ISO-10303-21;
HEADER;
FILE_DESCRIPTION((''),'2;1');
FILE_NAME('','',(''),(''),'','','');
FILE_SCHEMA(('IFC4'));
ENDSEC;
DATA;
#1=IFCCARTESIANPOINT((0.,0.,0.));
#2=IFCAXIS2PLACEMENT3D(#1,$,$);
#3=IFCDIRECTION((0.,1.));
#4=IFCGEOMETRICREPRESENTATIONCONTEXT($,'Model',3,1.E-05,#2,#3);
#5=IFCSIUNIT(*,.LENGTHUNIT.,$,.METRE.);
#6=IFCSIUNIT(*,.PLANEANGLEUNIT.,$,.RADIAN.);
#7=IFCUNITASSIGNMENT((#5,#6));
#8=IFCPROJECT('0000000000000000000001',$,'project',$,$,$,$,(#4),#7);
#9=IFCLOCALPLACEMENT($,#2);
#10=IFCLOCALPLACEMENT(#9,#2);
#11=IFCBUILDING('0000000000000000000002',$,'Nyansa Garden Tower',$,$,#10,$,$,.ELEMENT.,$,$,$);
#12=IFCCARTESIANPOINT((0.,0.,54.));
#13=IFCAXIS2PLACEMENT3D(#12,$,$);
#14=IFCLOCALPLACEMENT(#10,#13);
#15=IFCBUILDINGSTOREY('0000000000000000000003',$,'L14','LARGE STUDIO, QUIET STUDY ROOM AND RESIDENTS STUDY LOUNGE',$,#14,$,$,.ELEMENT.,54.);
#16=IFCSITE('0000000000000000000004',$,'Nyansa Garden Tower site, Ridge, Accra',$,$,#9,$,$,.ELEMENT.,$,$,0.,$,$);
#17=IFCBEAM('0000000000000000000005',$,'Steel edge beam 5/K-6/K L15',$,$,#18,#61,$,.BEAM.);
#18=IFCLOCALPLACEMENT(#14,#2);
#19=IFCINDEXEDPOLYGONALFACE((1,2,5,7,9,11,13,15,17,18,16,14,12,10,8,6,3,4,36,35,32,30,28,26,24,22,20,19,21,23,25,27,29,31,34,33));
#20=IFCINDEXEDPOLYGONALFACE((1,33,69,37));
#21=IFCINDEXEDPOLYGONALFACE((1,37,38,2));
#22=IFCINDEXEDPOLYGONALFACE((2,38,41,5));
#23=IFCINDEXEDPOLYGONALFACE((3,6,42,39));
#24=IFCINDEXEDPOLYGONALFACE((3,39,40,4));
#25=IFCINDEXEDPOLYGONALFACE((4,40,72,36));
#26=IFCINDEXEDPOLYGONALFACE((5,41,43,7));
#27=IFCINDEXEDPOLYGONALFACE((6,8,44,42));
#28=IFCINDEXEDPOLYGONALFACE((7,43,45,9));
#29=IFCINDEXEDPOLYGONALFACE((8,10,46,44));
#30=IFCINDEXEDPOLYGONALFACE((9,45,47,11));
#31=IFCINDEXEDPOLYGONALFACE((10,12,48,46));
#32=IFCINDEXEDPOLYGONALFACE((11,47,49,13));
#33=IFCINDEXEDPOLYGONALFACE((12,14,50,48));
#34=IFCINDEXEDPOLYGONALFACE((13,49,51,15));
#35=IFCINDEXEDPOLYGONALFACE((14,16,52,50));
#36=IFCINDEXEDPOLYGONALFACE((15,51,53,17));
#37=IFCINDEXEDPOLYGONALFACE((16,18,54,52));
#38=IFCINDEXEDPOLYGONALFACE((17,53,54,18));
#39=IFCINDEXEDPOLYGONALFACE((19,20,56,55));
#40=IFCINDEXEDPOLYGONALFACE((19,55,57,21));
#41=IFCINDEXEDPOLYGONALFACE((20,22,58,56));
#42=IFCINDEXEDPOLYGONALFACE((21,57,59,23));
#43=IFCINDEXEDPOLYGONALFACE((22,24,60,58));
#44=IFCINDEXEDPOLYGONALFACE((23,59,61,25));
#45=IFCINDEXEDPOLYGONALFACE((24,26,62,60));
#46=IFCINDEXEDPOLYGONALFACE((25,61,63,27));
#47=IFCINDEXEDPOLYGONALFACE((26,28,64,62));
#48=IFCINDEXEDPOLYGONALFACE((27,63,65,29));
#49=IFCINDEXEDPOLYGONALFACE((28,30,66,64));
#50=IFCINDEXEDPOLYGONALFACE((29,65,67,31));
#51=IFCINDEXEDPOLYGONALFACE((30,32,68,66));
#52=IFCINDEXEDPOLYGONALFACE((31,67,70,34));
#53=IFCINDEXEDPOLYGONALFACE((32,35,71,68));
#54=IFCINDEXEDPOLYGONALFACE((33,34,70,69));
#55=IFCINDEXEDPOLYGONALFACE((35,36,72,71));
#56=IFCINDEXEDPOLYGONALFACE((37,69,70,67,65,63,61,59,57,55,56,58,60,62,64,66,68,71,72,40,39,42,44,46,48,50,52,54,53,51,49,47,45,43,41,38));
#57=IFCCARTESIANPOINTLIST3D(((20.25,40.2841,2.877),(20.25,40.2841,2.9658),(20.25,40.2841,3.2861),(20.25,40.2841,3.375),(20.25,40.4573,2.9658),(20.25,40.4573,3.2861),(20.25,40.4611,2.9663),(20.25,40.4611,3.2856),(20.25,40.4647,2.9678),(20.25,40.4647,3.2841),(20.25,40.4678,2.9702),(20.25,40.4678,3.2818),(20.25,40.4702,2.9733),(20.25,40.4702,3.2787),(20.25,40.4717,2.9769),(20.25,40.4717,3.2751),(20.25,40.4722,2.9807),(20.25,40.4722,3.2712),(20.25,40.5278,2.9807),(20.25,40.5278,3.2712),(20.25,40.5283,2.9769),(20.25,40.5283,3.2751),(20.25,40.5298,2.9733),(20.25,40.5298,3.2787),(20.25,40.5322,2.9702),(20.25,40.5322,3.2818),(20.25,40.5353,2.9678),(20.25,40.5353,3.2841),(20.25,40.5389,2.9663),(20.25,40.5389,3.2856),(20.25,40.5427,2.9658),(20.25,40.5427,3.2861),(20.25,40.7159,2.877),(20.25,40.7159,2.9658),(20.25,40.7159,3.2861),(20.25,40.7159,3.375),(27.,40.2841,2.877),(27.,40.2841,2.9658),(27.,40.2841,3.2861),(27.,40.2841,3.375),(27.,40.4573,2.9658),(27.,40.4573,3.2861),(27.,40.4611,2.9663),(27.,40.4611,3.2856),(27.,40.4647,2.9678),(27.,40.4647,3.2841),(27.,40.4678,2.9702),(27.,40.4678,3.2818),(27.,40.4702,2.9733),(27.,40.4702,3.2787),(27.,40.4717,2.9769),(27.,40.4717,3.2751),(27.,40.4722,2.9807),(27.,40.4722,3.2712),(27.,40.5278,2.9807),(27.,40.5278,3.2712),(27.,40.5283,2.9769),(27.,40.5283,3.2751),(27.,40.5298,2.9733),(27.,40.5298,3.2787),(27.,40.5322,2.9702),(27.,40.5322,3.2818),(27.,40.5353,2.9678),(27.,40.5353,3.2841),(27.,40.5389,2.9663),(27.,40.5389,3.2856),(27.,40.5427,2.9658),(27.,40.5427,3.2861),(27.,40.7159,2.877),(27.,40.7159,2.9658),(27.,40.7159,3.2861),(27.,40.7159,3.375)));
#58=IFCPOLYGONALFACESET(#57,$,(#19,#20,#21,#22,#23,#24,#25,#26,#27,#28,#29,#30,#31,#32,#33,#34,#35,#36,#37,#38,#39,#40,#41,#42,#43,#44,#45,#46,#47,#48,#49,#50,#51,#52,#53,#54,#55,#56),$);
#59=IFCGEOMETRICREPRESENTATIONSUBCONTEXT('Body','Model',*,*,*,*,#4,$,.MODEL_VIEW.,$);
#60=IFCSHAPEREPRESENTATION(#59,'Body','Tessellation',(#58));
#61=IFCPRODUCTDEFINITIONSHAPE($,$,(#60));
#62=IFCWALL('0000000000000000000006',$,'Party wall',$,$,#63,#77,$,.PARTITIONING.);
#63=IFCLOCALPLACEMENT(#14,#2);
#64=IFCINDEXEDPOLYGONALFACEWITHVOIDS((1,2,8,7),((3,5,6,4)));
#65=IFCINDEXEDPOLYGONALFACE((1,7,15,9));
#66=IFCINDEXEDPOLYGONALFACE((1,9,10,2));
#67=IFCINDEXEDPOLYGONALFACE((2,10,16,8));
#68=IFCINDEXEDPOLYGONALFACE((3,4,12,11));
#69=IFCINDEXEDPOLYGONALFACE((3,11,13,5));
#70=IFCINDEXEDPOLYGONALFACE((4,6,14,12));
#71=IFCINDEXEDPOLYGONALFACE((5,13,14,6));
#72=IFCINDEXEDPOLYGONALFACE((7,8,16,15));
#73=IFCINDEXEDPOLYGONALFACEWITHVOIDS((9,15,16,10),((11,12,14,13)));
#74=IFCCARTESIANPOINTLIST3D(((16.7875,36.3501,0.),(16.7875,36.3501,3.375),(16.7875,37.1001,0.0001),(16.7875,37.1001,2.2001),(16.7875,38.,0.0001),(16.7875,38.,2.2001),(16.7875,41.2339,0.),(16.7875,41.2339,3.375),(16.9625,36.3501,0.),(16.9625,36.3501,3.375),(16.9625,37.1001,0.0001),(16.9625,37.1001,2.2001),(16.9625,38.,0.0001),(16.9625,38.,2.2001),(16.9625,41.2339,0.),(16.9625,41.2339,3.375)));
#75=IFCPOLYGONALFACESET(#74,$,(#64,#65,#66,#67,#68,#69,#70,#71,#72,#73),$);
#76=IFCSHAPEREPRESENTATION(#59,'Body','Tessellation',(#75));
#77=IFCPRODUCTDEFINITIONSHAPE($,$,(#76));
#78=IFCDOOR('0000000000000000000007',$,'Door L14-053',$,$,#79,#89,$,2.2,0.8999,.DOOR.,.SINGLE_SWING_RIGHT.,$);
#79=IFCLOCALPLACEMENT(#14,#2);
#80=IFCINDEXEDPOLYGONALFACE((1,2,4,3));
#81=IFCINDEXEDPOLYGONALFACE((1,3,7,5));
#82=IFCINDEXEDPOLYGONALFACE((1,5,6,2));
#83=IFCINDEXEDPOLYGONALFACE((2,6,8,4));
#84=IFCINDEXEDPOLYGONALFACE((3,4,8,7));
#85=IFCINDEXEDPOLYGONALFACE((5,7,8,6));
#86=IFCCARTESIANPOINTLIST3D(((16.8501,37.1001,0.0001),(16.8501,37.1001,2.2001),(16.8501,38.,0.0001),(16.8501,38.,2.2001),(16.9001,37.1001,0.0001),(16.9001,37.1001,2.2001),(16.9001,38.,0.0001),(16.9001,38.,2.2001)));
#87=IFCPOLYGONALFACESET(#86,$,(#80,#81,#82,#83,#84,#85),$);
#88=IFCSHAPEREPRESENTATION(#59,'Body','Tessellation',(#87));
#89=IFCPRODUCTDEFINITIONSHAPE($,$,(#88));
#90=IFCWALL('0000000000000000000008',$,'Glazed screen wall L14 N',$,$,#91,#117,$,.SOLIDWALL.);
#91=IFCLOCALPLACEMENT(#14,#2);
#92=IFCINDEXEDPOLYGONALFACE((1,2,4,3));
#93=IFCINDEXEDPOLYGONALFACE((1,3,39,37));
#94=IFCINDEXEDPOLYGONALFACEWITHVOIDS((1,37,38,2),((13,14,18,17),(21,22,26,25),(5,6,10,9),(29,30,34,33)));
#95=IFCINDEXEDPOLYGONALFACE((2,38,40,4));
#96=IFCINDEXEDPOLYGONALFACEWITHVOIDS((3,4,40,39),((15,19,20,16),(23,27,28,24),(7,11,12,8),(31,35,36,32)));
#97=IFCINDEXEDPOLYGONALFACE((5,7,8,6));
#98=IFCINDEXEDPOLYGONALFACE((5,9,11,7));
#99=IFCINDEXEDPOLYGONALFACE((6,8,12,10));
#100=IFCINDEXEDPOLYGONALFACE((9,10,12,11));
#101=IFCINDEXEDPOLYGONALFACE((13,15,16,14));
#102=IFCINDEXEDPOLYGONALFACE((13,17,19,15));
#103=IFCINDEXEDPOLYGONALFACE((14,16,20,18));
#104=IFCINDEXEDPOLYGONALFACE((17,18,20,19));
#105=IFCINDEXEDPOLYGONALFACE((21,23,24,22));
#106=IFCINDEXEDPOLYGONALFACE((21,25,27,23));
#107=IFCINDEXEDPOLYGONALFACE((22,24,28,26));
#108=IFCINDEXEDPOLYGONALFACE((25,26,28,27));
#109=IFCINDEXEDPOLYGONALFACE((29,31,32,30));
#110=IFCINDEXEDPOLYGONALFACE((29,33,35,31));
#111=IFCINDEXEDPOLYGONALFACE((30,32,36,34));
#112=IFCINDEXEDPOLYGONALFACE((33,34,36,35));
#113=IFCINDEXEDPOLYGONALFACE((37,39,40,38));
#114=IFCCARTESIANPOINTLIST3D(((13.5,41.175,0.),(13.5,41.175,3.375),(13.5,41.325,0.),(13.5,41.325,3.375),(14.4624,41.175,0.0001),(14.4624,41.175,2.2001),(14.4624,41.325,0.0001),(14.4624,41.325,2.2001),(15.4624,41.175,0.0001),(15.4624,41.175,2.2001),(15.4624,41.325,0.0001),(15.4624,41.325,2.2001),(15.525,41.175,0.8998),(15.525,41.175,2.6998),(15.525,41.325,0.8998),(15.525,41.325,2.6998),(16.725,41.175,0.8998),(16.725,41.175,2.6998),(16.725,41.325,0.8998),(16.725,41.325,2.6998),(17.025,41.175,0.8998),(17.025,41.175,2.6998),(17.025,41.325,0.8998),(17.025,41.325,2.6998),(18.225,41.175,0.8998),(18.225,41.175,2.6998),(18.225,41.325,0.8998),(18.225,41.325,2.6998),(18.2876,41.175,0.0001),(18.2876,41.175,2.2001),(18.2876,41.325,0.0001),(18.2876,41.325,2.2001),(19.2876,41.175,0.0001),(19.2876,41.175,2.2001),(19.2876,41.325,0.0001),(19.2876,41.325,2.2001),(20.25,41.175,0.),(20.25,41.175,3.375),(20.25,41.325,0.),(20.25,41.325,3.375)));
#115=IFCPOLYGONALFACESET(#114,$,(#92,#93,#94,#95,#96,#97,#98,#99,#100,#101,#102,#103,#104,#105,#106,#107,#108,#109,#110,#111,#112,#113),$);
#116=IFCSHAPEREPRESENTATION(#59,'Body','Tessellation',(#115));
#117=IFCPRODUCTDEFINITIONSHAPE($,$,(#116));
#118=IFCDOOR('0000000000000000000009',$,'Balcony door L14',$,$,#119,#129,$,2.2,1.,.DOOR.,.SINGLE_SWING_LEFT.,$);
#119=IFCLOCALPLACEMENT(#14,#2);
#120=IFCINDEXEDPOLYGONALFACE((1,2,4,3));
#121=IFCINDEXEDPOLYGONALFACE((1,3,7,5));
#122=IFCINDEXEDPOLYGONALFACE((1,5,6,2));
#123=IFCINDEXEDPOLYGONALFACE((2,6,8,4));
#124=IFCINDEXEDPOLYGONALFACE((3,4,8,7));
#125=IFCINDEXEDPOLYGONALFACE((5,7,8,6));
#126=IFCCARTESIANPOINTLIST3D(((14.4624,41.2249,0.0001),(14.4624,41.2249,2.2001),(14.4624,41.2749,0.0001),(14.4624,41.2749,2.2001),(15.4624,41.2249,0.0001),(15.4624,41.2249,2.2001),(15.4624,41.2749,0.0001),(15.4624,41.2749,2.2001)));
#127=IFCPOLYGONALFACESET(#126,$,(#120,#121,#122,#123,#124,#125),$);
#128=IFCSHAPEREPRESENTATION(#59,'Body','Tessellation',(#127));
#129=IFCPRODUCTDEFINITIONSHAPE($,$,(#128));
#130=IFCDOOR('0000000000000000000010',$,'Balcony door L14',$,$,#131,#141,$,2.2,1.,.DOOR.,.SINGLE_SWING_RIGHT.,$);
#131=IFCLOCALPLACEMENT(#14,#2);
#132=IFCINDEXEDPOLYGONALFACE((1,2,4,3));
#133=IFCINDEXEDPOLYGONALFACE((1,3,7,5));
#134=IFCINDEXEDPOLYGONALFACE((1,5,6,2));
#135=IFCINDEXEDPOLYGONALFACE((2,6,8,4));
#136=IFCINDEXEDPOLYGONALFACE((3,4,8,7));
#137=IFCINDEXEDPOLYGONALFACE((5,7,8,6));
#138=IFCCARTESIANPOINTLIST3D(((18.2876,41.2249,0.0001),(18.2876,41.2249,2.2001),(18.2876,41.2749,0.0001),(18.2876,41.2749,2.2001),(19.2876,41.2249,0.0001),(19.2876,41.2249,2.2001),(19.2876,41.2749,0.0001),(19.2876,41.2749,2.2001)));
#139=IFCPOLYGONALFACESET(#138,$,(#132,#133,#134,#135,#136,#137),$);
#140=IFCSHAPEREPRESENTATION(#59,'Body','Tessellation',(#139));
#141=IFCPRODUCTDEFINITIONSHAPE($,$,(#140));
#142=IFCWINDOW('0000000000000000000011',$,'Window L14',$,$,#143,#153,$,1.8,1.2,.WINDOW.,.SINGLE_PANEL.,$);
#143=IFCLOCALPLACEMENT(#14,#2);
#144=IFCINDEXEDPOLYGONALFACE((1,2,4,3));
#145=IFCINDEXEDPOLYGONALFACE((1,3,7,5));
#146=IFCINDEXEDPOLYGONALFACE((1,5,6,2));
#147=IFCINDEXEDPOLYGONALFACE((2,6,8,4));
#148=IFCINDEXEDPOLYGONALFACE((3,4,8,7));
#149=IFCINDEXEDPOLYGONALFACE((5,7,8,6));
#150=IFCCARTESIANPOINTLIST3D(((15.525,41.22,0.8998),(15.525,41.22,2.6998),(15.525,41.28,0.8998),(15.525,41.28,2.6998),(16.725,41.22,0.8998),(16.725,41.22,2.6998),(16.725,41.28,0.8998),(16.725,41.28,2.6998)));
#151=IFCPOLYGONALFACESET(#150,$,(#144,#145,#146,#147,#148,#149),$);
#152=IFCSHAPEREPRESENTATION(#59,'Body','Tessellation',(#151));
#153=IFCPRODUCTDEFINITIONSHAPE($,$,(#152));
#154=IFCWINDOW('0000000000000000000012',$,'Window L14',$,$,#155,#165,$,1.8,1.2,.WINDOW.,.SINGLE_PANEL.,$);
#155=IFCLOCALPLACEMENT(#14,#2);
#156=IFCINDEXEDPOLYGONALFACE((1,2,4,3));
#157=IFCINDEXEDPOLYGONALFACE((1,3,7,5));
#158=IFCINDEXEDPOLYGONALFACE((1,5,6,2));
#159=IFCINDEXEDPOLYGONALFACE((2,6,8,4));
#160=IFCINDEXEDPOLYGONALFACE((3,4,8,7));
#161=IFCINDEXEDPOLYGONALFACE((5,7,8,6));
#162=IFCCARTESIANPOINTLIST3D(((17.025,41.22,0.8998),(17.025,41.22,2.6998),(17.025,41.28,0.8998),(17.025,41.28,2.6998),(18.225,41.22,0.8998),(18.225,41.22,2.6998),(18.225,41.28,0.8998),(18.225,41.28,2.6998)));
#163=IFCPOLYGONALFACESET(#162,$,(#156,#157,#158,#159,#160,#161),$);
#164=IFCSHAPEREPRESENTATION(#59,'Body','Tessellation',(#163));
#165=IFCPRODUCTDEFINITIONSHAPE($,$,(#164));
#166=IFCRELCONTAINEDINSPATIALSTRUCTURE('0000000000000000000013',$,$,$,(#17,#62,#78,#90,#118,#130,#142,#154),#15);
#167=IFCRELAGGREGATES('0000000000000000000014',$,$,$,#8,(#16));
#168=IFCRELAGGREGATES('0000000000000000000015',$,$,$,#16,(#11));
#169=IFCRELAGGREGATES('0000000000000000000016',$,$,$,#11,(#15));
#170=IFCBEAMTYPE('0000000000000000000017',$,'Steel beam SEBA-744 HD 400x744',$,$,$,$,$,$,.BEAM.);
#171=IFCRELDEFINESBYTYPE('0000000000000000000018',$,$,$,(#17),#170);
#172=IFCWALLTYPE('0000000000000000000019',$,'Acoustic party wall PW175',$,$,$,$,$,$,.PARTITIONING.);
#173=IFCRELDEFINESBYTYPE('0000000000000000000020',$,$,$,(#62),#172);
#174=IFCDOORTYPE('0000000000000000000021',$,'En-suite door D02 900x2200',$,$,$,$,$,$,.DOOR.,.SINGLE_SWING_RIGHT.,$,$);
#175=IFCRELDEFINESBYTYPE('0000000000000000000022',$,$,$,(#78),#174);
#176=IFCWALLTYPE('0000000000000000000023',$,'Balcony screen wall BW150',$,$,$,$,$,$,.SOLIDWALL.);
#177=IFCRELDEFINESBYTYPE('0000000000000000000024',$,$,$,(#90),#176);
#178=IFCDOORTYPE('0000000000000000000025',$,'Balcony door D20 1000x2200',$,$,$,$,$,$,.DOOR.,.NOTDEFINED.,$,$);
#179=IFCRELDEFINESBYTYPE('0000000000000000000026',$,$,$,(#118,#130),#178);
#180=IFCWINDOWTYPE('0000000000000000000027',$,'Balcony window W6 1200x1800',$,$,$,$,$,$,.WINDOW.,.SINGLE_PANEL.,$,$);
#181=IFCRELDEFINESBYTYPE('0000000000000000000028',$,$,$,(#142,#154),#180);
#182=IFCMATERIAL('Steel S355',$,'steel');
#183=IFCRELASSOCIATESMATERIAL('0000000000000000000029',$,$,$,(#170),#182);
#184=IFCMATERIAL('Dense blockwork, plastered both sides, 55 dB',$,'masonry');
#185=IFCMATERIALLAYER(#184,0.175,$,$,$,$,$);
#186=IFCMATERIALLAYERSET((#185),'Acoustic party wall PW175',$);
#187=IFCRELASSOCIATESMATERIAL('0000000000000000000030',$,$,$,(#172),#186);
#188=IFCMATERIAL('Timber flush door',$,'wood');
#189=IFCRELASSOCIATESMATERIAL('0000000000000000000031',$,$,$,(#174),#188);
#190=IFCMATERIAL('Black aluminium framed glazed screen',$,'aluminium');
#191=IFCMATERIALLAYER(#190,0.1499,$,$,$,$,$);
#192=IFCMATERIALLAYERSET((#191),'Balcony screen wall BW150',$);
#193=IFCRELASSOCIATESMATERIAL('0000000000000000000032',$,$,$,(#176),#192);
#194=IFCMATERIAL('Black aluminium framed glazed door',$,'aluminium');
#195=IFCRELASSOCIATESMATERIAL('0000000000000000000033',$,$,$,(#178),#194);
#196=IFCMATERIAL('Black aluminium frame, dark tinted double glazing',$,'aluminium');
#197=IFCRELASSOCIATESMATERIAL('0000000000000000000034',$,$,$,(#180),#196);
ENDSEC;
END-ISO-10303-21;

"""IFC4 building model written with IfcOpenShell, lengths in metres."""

from ifc_helpers import new_model, si_unit, direction, frame, frame_2d, origin, origin_2d, place, context, subcontext, project, spatial, rectangle, i_section, extrude, material, layer, layer_set, material_profile, profile_set, type_object, element, fill, save


model = new_model("IFC4")

# Units and contexts
model_context = context("Model", 3, precision=1e-05, world=origin(), true_north=direction((0.0, 1.0)))
body_context = subcontext(model_context, "Body", "Model", "MODEL_VIEW")
ifc_project = project(units=[si_unit("LENGTHUNIT", "METRE"), si_unit("PLANEANGLEUNIT", "RADIAN")], contexts=[model_context])

# Site, building, storey
site_placement = place(None, origin())
site = spatial("IfcSite", under=ifc_project, at=site_placement, Name="Nyansa Garden Tower site, Ridge, Accra", CompositionType="ELEMENT", RefElevation=0.0)
building_placement = place(site_placement, origin())
building = spatial("IfcBuilding", under=site, at=building_placement, Name="Nyansa Garden Tower", CompositionType="ELEMENT")
storey_placement = place(building_placement, frame((0.0, 0.0, 54.0)))
storey = spatial("IfcBuildingStorey", under=building, at=storey_placement, Name="L14", Description="LARGE STUDIO, QUIET STUDY ROOM AND RESIDENTS STUDY LOUNGE", CompositionType="ELEMENT", Elevation=54.0)

# Beam
ifc_material_1 = material(Name="Steel S355", Category="steel")
ifc_material_profile_1 = material_profile(ifc_material_1, i_section(OverallWidth=0.4319, OverallDepth=0.498, WebThickness=0.0557, FlangeThickness=0.0889, FilletRadius=0.0149, at=origin_2d()), Name="HD 400x744")
ifc_profile_set_1 = profile_set([ifc_material_profile_1], Name="Steel S355")
beam_type_1 = type_object("IfcBeamType", Name="Steel beam SEBA-744 HD 400x744", PredefinedType="BEAM", material=ifc_profile_set_1)
for number, where, z_axis, x_axis, name in (
    (1, (20.25, 40.5, 3.126), (1.0, 0.0, 0.0), (0.0, 1.0, 0.0), "Steel edge beam 5/K-6/K L15"),
):
    element("IfcBeam", number, at=place(storey_placement, frame(where, z_axis=z_axis, x_axis=x_axis)), inside=storey, type_object=beam_type_1, Name=name, PredefinedType="BEAM", context=body_context, shape_type="SweptSolid", body=[
        extrude(i_section(OverallWidth=0.4319, OverallDepth=0.498, WebThickness=0.0557, FlangeThickness=0.0889, FilletRadius=0.0149, at=origin_2d()), origin(), (0.0, 0.0, 1.0), 6.75),
    ])

# Wall, opening, door
ifc_material_2 = material(Name="Dense blockwork, plastered both sides, 55 dB", Category="masonry")
ifc_layer_1 = layer(ifc_material_2, 0.175)
ifc_layer_set_1 = layer_set([ifc_layer_1], Name="Acoustic party wall PW175")
wall_type_1 = type_object("IfcWallType", Name="Acoustic party wall PW175", PredefinedType="PARTITIONING", material=ifc_layer_set_1)
wall_1_placement = place(storey_placement, frame((16.875, 36.3501, 0.0), z_axis=(0.0, 0.0, 1.0), x_axis=(0.0, 1.0, 0.0)))
wall_1 = element("IfcWall", 2, at=wall_1_placement, inside=storey, type_object=wall_type_1, Name="Party wall", PredefinedType="PARTITIONING", context=body_context, shape_type="SweptSolid", body=[
    extrude(rectangle(XDim=4.8838, YDim=0.175, at=frame_2d((2.4419, 0.0))), origin(), (0.0, 0.0, 1.0), 3.375),
])
opening_1_placement = place(wall_1_placement, frame((0.75, 0.0, 0.0)))
opening_1 = element("IfcOpeningElement", 3, at=opening_1_placement, cuts=wall_1, PredefinedType="OPENING", context=body_context, shape_type="SweptSolid", body=[
    extrude(rectangle(XDim=0.8999, YDim=2.2, at=frame_2d((0.45, 1.1001))), frame((0.0, 0.0974, 0.0), z_axis=(0.0, -1.0, 0.0), x_axis=(1.0, 0.0, 0.0)), (0.0, 0.0, 1.0), 0.1951),
])
ifc_material_3 = material(Name="Timber flush door", Category="wood")
door_type_1 = type_object("IfcDoorType", Name="En-suite door D02 900x2200", OperationType="SINGLE_SWING_RIGHT", PredefinedType="DOOR", material=ifc_material_3)
door_1_placement = place(opening_1_placement, origin())
door_1 = element("IfcDoor", 4, at=door_1_placement, inside=storey, type_object=door_type_1, Name="Door L14-053", OperationType="SINGLE_SWING_RIGHT", OverallHeight=2.2, OverallWidth=0.8999, PredefinedType="DOOR", context=body_context, shape_type="SweptSolid", body=[
    extrude(rectangle(XDim=0.8999, YDim=2.2, at=frame_2d((0.45, 1.1001))), frame((0.0, 0.0249, 0.0), z_axis=(0.0, -1.0, 0.0), x_axis=(1.0, 0.0, 0.0)), (0.0, 0.0, 1.0), 0.05),
])
fill(opening_1, door_1)

# Wall, openings, doors, windows
ifc_material_4 = material(Name="Black aluminium framed glazed screen", Category="aluminium")
ifc_layer_2 = layer(ifc_material_4, 0.1499)
ifc_layer_set_2 = layer_set([ifc_layer_2], Name="Balcony screen wall BW150")
wall_type_2 = type_object("IfcWallType", Name="Balcony screen wall BW150", PredefinedType="SOLIDWALL", material=ifc_layer_set_2)
wall_2_placement = place(storey_placement, frame((13.5, 41.25, 0.0), z_axis=(0.0, 0.0, 1.0), x_axis=(1.0, 0.0, 0.0)))
wall_2 = element("IfcWall", 5, at=wall_2_placement, inside=storey, type_object=wall_type_2, Name="Glazed screen wall L14 N", PredefinedType="SOLIDWALL", context=body_context, shape_type="SweptSolid", body=[
    extrude(rectangle(XDim=6.75, YDim=0.1499, at=frame_2d((3.375, 0.0))), origin(), (0.0, 0.0, 1.0), 3.375),
])
opening_2_placement = place(wall_2_placement, frame((0.9624, 0.0, 0.0)))
opening_2 = element("IfcOpeningElement", 6, at=opening_2_placement, cuts=wall_2, PredefinedType="OPENING", context=body_context, shape_type="SweptSolid", body=[
    extrude(rectangle(XDim=1.0, YDim=2.2, at=frame_2d((0.5, 1.1001))), frame((0.0, 0.085, 0.0), z_axis=(0.0, -1.0, 0.0), x_axis=(1.0, 0.0, 0.0)), (0.0, 0.0, 1.0), 0.1699),
])
opening_3_placement = place(wall_2_placement, frame((2.0249, 0.0, 0.8999)))
opening_3 = element("IfcOpeningElement", 7, at=opening_3_placement, cuts=wall_2, PredefinedType="OPENING", context=body_context, shape_type="SweptSolid", body=[
    extrude(rectangle(XDim=1.2, YDim=1.8, at=frame_2d((0.6001, 0.8999))), frame((0.0, 0.085, 0.0), z_axis=(0.0, -1.0, 0.0), x_axis=(1.0, 0.0, 0.0)), (0.0, 0.0, 1.0), 0.1699),
])
opening_4_placement = place(wall_2_placement, frame((4.7876, 0.0, 0.0)))
opening_4 = element("IfcOpeningElement", 8, at=opening_4_placement, cuts=wall_2, PredefinedType="OPENING", context=body_context, shape_type="SweptSolid", body=[
    extrude(rectangle(XDim=1.0, YDim=2.2, at=frame_2d((0.5, 1.1001))), frame((0.0, 0.085, 0.0), z_axis=(0.0, -1.0, 0.0), x_axis=(1.0, 0.0, 0.0)), (0.0, 0.0, 1.0), 0.1699),
])
opening_5_placement = place(wall_2_placement, frame((3.5249, 0.0, 0.8999)))
opening_5 = element("IfcOpeningElement", 9, at=opening_5_placement, cuts=wall_2, PredefinedType="OPENING", context=body_context, shape_type="SweptSolid", body=[
    extrude(rectangle(XDim=1.2, YDim=1.8, at=frame_2d((0.6001, 0.8999))), frame((0.0, 0.085, 0.0), z_axis=(0.0, -1.0, 0.0), x_axis=(1.0, 0.0, 0.0)), (0.0, 0.0, 1.0), 0.1699),
])
ifc_material_5 = material(Name="Black aluminium framed glazed door", Category="aluminium")
door_type_2 = type_object("IfcDoorType", Name="Balcony door D20 1000x2200", OperationType="NOTDEFINED", PredefinedType="DOOR", material=ifc_material_5)
door_2_placement = place(opening_2_placement, origin())
door_2 = element("IfcDoor", 10, at=door_2_placement, inside=storey, type_object=door_type_2, Name="Balcony door L14", OperationType="SINGLE_SWING_LEFT", OverallHeight=2.2, OverallWidth=1.0, PredefinedType="DOOR", context=body_context, shape_type="SweptSolid", body=[
    extrude(rectangle(XDim=1.0, YDim=2.2, at=frame_2d((0.5, 1.1001))), frame((0.0, 0.0249, 0.0), z_axis=(0.0, -1.0, 0.0), x_axis=(1.0, 0.0, 0.0)), (0.0, 0.0, 1.0), 0.05),
])
fill(opening_2, door_2)
door_3_placement = place(opening_4_placement, origin())
door_3 = element("IfcDoor", 11, at=door_3_placement, inside=storey, type_object=door_type_2, Name="Balcony door L14", OperationType="SINGLE_SWING_RIGHT", OverallHeight=2.2, OverallWidth=1.0, PredefinedType="DOOR", context=body_context, shape_type="SweptSolid", body=[
    extrude(rectangle(XDim=1.0, YDim=2.2, at=frame_2d((0.5, 1.1001))), frame((0.0, 0.0249, 0.0), z_axis=(0.0, -1.0, 0.0), x_axis=(1.0, 0.0, 0.0)), (0.0, 0.0, 1.0), 0.05),
])
fill(opening_4, door_3)
ifc_material_6 = material(Name="Black aluminium frame, dark tinted double glazing", Category="aluminium")
window_type = type_object("IfcWindowType", Name="Balcony window W6 1200x1800", PartitioningType="SINGLE_PANEL", PredefinedType="WINDOW", material=ifc_material_6)
window_1_placement = place(opening_3_placement, origin())
window_1 = element("IfcWindow", 12, at=window_1_placement, inside=storey, type_object=window_type, Name="Window L14", OverallHeight=1.8, OverallWidth=1.2, PartitioningType="SINGLE_PANEL", PredefinedType="WINDOW", context=body_context, shape_type="SweptSolid", body=[
    extrude(rectangle(XDim=1.2, YDim=1.8, at=frame_2d((0.6001, 0.8999))), frame((0.0, 0.03, 0.0), z_axis=(0.0, -1.0, 0.0), x_axis=(1.0, 0.0, 0.0)), (0.0, 0.0, 1.0), 0.0601),
])
fill(opening_3, window_1)
window_2_placement = place(opening_5_placement, origin())
window_2 = element("IfcWindow", 13, at=window_2_placement, inside=storey, type_object=window_type, Name="Window L14", OverallHeight=1.8, OverallWidth=1.2, PartitioningType="SINGLE_PANEL", PredefinedType="WINDOW", context=body_context, shape_type="SweptSolid", body=[
    extrude(rectangle(XDim=1.2, YDim=1.8, at=frame_2d((0.6001, 0.8999))), frame((0.0, 0.03, 0.0), z_axis=(0.0, -1.0, 0.0), x_axis=(1.0, 0.0, 0.0)), (0.0, 0.0, 1.0), 0.0601),
])
fill(opening_5, window_2)

save(model, "model.ifc")
